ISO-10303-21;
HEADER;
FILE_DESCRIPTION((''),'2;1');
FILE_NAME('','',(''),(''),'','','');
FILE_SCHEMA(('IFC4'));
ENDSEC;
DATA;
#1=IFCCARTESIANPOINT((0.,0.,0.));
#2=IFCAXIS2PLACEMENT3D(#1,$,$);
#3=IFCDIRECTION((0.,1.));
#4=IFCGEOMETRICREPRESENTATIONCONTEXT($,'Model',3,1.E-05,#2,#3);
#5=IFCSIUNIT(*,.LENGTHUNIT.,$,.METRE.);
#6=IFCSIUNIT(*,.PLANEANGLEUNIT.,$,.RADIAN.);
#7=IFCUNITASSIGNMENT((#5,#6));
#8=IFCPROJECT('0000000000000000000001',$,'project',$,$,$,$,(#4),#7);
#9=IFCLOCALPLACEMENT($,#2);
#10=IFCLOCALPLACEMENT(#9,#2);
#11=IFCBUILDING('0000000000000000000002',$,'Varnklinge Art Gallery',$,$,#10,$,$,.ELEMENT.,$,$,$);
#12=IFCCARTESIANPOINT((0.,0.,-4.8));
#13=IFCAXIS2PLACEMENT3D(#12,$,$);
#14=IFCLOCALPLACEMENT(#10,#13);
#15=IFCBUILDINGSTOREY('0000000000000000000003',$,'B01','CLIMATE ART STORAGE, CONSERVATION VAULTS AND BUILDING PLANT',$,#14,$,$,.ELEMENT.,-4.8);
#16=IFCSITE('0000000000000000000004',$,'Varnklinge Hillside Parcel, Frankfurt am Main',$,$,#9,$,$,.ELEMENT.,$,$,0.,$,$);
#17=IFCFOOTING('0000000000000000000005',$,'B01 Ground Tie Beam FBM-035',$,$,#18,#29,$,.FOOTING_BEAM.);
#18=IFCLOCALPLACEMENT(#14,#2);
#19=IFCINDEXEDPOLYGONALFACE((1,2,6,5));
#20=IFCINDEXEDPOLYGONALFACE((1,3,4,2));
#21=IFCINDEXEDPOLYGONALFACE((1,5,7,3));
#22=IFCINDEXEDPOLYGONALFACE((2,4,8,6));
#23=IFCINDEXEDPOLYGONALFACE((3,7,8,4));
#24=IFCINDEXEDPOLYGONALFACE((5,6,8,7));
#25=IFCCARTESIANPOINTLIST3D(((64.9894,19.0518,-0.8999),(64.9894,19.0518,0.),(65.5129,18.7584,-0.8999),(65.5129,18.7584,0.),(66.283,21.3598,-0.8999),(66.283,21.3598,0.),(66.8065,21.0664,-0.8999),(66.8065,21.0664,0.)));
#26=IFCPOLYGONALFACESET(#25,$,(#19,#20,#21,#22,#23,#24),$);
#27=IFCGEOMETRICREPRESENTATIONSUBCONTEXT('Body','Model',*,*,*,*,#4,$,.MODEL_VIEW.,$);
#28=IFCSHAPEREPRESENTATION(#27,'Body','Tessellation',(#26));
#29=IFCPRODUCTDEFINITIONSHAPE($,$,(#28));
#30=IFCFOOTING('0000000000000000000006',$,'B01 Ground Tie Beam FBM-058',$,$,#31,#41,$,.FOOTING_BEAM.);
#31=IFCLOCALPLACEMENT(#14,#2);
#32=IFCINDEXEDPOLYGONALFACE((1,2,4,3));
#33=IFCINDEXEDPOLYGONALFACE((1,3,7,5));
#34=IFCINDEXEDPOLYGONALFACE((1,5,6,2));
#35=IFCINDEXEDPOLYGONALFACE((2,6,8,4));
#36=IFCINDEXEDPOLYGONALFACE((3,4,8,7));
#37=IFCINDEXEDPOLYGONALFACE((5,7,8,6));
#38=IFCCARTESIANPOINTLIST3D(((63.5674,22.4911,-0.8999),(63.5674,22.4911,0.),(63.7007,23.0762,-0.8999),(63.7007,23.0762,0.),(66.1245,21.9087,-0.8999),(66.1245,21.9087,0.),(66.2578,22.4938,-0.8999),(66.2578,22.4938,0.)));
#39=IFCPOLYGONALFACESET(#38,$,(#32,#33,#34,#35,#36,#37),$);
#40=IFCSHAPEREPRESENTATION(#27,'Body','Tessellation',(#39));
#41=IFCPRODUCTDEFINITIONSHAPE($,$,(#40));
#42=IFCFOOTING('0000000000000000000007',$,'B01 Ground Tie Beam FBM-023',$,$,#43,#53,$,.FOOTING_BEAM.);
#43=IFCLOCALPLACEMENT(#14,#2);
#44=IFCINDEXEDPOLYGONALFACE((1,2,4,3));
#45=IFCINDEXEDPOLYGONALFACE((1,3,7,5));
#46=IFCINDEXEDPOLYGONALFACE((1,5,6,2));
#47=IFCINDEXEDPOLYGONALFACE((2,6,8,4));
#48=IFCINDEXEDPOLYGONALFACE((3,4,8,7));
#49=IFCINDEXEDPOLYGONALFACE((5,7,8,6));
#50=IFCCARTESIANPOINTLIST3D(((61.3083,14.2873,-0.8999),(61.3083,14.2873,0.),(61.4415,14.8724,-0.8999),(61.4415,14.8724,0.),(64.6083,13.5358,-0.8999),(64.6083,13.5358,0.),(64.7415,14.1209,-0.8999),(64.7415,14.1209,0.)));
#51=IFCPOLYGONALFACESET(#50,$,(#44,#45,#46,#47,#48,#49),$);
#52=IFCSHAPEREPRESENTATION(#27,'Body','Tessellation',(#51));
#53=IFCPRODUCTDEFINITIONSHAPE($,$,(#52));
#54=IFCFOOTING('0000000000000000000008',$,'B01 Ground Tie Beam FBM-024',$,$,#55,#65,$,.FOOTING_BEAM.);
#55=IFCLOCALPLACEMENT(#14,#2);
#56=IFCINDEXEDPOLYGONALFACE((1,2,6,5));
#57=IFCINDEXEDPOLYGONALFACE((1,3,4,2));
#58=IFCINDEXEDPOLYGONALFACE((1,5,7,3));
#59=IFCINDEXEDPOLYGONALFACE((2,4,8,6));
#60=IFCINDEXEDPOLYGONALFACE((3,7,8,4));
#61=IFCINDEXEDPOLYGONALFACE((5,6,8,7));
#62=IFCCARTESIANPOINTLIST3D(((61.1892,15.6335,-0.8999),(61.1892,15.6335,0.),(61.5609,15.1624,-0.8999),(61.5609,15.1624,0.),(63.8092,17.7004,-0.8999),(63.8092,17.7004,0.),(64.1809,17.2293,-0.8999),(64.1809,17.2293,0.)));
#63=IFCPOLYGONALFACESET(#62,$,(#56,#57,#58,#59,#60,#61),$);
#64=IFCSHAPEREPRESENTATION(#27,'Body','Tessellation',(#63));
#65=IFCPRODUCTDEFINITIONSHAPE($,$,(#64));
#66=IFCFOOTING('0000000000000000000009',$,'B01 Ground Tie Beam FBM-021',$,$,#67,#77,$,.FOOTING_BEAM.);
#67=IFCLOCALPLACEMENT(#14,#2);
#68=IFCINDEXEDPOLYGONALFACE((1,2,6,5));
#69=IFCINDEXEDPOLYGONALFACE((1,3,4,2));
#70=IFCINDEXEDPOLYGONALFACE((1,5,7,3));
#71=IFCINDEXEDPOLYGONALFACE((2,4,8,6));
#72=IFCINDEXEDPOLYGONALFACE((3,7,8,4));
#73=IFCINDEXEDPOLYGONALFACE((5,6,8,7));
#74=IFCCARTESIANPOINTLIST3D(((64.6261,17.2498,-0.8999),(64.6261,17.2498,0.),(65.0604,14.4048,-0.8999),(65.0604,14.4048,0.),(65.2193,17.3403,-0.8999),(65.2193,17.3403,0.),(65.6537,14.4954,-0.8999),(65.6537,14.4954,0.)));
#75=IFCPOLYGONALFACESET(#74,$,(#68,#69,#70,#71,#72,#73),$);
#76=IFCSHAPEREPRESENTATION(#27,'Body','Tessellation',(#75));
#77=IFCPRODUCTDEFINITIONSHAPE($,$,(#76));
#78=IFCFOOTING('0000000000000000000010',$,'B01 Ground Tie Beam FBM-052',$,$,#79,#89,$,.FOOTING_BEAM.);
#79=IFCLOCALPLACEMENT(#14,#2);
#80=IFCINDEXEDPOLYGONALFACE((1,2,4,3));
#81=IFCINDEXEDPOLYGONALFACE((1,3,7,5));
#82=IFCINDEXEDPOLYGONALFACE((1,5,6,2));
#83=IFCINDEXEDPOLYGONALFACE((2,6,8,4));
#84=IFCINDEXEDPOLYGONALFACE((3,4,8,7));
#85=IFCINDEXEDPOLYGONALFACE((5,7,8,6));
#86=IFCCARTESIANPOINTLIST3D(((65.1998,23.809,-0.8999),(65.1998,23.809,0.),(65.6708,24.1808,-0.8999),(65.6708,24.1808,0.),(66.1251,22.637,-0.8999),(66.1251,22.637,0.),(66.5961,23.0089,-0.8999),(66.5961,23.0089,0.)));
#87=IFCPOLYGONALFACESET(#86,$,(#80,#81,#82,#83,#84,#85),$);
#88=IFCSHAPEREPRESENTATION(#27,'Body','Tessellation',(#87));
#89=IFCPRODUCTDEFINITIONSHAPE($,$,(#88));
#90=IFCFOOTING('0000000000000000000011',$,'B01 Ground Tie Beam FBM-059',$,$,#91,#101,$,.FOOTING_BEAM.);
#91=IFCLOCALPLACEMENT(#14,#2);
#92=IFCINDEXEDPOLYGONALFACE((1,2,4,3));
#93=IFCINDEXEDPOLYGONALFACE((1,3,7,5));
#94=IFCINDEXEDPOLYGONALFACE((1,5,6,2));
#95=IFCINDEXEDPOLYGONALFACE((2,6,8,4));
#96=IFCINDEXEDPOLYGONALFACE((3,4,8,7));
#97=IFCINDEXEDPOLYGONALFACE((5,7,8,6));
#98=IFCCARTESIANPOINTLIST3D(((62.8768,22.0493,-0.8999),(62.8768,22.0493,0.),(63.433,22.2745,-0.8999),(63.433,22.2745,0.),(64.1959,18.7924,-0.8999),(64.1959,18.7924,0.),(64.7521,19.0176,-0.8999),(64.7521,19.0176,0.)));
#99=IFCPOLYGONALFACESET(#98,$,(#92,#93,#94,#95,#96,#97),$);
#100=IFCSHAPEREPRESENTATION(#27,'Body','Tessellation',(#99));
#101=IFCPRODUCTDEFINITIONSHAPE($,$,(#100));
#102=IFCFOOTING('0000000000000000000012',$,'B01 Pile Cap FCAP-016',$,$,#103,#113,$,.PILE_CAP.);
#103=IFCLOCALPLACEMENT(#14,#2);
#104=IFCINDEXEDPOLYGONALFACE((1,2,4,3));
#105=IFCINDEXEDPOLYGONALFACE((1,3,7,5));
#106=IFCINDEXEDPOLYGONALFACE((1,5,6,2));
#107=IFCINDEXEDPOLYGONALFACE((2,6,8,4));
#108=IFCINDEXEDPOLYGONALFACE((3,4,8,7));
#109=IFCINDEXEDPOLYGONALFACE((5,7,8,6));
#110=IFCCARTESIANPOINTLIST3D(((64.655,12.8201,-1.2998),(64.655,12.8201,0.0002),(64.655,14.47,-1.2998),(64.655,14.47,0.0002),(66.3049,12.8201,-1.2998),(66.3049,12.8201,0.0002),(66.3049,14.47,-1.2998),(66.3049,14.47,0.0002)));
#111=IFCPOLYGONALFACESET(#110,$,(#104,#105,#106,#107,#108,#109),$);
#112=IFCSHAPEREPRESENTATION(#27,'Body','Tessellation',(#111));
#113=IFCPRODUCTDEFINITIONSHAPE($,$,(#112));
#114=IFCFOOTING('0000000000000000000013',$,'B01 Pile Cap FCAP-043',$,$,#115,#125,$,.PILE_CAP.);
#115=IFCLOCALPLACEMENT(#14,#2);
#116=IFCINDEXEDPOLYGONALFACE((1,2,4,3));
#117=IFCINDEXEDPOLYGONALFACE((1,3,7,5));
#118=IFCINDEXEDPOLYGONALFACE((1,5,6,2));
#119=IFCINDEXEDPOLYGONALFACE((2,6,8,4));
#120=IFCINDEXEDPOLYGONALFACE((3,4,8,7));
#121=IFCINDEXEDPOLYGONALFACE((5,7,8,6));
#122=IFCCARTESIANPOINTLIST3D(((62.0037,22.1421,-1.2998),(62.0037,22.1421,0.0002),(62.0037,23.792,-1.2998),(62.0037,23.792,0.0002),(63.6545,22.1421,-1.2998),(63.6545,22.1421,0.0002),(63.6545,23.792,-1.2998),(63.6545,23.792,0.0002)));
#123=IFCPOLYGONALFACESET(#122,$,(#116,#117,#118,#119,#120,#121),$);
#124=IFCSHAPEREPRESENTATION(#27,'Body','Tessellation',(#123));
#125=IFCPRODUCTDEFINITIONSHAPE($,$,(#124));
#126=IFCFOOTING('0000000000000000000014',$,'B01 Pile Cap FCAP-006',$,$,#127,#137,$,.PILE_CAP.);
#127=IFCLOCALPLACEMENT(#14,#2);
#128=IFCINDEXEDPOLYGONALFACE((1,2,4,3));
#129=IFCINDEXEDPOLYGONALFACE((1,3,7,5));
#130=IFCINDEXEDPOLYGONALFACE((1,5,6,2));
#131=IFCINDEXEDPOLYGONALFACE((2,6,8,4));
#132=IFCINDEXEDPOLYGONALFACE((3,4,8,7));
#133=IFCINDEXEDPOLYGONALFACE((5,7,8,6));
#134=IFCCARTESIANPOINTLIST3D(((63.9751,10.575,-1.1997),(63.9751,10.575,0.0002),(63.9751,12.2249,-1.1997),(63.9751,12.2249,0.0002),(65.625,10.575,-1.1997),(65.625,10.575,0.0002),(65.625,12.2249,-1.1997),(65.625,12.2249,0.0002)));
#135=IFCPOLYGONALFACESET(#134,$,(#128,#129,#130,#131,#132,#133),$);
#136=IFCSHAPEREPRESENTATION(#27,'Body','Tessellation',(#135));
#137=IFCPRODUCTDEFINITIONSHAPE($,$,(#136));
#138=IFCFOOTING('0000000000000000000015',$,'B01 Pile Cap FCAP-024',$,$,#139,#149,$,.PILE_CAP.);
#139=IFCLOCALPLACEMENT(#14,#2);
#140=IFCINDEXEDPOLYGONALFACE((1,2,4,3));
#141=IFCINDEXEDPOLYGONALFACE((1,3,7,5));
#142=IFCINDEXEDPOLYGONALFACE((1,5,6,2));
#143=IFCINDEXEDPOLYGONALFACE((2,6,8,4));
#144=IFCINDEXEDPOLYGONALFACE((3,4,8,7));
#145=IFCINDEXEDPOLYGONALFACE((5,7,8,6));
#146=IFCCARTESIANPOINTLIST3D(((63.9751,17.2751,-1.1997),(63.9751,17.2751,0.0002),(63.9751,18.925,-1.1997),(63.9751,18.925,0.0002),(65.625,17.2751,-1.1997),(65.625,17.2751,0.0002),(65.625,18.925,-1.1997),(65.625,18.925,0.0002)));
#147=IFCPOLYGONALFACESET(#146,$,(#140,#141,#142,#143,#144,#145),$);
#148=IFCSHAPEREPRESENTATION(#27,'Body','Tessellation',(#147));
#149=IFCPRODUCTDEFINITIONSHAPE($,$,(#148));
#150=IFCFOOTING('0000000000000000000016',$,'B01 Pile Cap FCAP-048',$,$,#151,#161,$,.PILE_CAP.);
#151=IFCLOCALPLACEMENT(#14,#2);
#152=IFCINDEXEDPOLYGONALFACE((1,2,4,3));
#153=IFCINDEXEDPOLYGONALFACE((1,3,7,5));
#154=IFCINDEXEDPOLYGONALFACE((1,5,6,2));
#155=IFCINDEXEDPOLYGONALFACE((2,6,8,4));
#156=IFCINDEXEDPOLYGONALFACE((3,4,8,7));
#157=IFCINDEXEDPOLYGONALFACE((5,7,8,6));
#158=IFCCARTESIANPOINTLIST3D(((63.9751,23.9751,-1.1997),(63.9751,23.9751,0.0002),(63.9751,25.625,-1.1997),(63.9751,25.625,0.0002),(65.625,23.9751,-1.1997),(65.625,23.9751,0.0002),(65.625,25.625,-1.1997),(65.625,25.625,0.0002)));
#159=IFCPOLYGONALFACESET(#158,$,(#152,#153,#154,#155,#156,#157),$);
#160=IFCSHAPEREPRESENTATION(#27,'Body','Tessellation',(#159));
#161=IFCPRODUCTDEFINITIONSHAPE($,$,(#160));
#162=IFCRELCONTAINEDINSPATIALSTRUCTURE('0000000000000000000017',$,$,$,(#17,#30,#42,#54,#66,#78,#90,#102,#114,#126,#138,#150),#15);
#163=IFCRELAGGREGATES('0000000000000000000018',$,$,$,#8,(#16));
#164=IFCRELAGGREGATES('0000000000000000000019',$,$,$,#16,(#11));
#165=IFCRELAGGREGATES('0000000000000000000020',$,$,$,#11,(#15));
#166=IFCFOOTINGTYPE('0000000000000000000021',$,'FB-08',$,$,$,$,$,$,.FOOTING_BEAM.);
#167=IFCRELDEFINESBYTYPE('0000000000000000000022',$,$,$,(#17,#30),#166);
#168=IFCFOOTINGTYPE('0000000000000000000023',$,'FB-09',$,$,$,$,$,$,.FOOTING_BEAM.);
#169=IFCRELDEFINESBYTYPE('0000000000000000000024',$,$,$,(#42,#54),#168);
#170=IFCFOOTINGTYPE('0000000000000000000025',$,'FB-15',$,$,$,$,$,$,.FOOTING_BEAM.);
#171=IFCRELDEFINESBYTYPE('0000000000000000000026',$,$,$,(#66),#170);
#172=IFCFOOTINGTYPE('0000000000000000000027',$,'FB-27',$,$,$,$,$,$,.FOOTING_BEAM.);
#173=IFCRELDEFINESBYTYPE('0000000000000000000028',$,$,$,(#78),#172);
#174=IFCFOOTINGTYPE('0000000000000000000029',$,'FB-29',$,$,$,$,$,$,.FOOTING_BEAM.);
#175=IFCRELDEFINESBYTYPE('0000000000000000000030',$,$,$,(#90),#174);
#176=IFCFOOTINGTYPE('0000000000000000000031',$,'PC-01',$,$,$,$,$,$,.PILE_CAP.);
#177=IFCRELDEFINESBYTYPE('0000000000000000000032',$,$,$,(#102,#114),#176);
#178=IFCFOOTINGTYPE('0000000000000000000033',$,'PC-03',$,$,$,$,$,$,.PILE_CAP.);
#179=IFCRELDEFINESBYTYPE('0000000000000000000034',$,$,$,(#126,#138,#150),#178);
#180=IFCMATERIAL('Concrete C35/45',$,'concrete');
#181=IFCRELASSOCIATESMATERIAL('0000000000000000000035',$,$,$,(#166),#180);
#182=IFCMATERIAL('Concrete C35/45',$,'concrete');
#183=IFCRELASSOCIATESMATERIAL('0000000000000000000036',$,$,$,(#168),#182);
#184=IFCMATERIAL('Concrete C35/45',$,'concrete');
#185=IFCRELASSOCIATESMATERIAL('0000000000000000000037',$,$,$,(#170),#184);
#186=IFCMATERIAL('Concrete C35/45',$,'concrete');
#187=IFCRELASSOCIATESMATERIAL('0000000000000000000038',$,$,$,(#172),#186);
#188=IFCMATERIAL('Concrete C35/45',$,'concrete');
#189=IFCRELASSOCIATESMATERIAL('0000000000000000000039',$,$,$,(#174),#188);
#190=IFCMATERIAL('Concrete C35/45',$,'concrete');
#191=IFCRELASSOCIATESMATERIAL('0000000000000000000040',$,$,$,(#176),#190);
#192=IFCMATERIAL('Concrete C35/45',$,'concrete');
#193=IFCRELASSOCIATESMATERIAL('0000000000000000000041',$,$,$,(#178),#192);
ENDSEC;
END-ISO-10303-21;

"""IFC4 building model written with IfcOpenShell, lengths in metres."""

from ifc_helpers import new_model, si_unit, direction, frame, origin, origin_2d, place, context, subcontext, project, spatial, rectangle, extrude, material, type_object, element, save


model = new_model("IFC4")

# Units and contexts
model_context = context("Model", 3, precision=1e-05, world=origin(), true_north=direction((0.0, 1.0)))
body_context = subcontext(model_context, "Body", "Model", "MODEL_VIEW")
ifc_project = project(units=[si_unit("LENGTHUNIT", "METRE"), si_unit("PLANEANGLEUNIT", "RADIAN")], contexts=[model_context])

# Site, building, storey
site_placement = place(None, origin())
site = spatial("IfcSite", under=ifc_project, at=site_placement, Name="Varnklinge Hillside Parcel, Frankfurt am Main", CompositionType="ELEMENT", RefElevation=0.0)
building_placement = place(site_placement, origin())
building = spatial("IfcBuilding", under=site, at=building_placement, Name="Varnklinge Art Gallery", CompositionType="ELEMENT")
storey_placement = place(building_placement, frame((0.0, 0.0, -4.8)))
storey = spatial("IfcBuildingStorey", under=building, at=storey_placement, Name="B01", Description="CLIMATE ART STORAGE, CONSERVATION VAULTS AND BUILDING PLANT", CompositionType="ELEMENT", Elevation=-4.8)

# Footings
ifc_material_1 = material(Name="Concrete C35/45", Category="concrete")
footing_type_1 = type_object("IfcFootingType", Name="FB-08", PredefinedType="FOOTING_BEAM", material=ifc_material_1)
footing_1_placement = place(storey_placement, frame((65.8979, 20.0591, -0.8999), z_axis=(0.0, 0.0, 1.0), x_axis=(0.488926, 0.872325, 0.0)))
element("IfcFooting", 1, at=footing_1_placement, inside=storey, type_object=footing_type_1, Name="B01 Ground Tie Beam FBM-035", PredefinedType="FOOTING_BEAM", context=body_context, shape_type="SweptSolid", body=[
    extrude(rectangle(XDim=2.6458, YDim=0.6001, at=origin_2d()), origin(), (0.0, 0.0, 1.0), 0.8999),
])
footing_2_placement = place(storey_placement, frame((64.9126, 22.4924, -0.8999), z_axis=(0.0, 0.0, 1.0), x_axis=(0.975033, -0.222059, 0.0)))
element("IfcFooting", 2, at=footing_2_placement, inside=storey, type_object=footing_type_1, Name="B01 Ground Tie Beam FBM-058", PredefinedType="FOOTING_BEAM", context=body_context, shape_type="SweptSolid", body=[
    extrude(rectangle(XDim=2.6226, YDim=0.6001, at=origin_2d()), origin(), (0.0, 0.0, 1.0), 0.8999),
])
ifc_material_2 = material(Name="Concrete C35/45", Category="concrete")
footing_type_2 = type_object("IfcFootingType", Name="FB-09", PredefinedType="FOOTING_BEAM", material=ifc_material_2)
footing_3_placement = place(storey_placement, frame((63.0249, 14.2041, -0.8999), z_axis=(0.0, 0.0, 1.0), x_axis=(0.975033, -0.222059, 0.0)))
element("IfcFooting", 3, at=footing_3_placement, inside=storey, type_object=footing_type_2, Name="B01 Ground Tie Beam FBM-023", PredefinedType="FOOTING_BEAM", context=body_context, shape_type="SweptSolid", body=[
    extrude(rectangle(XDim=3.3845, YDim=0.6001, at=origin_2d()), origin(), (0.0, 0.0, 1.0), 0.8999),
])
footing_4_placement = place(storey_placement, frame((62.6851, 16.4314, -0.8999), z_axis=(0.0, 0.0, 1.0), x_axis=(0.785101, 0.619368, 0.0)))
element("IfcFooting", 4, at=footing_4_placement, inside=storey, type_object=footing_type_2, Name="B01 Ground Tie Beam FBM-024", PredefinedType="FOOTING_BEAM", context=body_context, shape_type="SweptSolid", body=[
    extrude(rectangle(XDim=3.3372, YDim=0.6001, at=origin_2d()), origin(), (0.0, 0.0, 1.0), 0.8999),
])
ifc_material_3 = material(Name="Concrete C35/45", Category="concrete")
footing_type_3 = type_object("IfcFootingType", Name="FB-15", PredefinedType="FOOTING_BEAM", material=ifc_material_3)
footing_5_placement = place(storey_placement, frame((65.1399, 15.8726, -0.8999), z_axis=(0.0, 0.0, 1.0), x_axis=(-0.150916, 0.988547, 0.0)))
element("IfcFooting", 5, at=footing_5_placement, inside=storey, type_object=footing_type_3, Name="B01 Ground Tie Beam FBM-021", PredefinedType="FOOTING_BEAM", context=body_context, shape_type="SweptSolid", body=[
    extrude(rectangle(XDim=2.8779, YDim=0.6001, at=origin_2d()), origin(), (0.0, 0.0, 1.0), 0.8999),
])
ifc_material_4 = material(Name="Concrete C35/45", Category="concrete")
footing_type_4 = type_object("IfcFootingType", Name="FB-27", PredefinedType="FOOTING_BEAM", material=ifc_material_4)
footing_6_placement = place(storey_placement, frame((65.8979, 23.4089, -0.8999), z_axis=(0.0, 0.0, 1.0), x_axis=(-0.619642, 0.784885, 0.0)))
element("IfcFooting", 6, at=footing_6_placement, inside=storey, type_object=footing_type_4, Name="B01 Ground Tie Beam FBM-052", PredefinedType="FOOTING_BEAM", context=body_context, shape_type="SweptSolid", body=[
    extrude(rectangle(XDim=1.4932, YDim=0.6001, at=origin_2d()), origin(), (0.0, 0.0, 1.0), 0.8999),
])
ifc_material_5 = material(Name="Concrete C35/45", Category="concrete")
footing_type_5 = type_object("IfcFootingType", Name="FB-29", PredefinedType="FOOTING_BEAM", material=ifc_material_5)
footing_7_placement = place(storey_placement, frame((63.8145, 20.5334, -0.8999), z_axis=(0.0, 0.0, 1.0), x_axis=(0.375416, -0.926857, 0.0)))
element("IfcFooting", 7, at=footing_7_placement, inside=storey, type_object=footing_type_5, Name="B01 Ground Tie Beam FBM-059", PredefinedType="FOOTING_BEAM", context=body_context, shape_type="SweptSolid", body=[
    extrude(rectangle(XDim=3.5139, YDim=0.6001, at=origin_2d()), origin(), (0.0, 0.0, 1.0), 0.8999),
])
ifc_material_6 = material(Name="Concrete C35/45", Category="concrete")
footing_type_6 = type_object("IfcFootingType", Name="PC-01", PredefinedType="PILE_CAP", material=ifc_material_6)
footing_8_placement = place(storey_placement, frame((65.48, 13.645, -1.2998), z_axis=(0.0, 0.0, 1.0), x_axis=(1.0, 0.0, 0.0)))
element("IfcFooting", 8, at=footing_8_placement, inside=storey, type_object=footing_type_6, Name="B01 Pile Cap FCAP-016", PredefinedType="PILE_CAP", context=body_context, shape_type="SweptSolid", body=[
    extrude(rectangle(XDim=1.6499, YDim=1.6499, at=origin_2d()), origin(), (0.0, 0.0, 1.0), 1.3),
])
footing_9_placement = place(storey_placement, frame((62.8291, 22.967, -1.2998), z_axis=(0.0, 0.0, 1.0), x_axis=(1.0, 0.0, 0.0)))
element("IfcFooting", 9, at=footing_9_placement, inside=storey, type_object=footing_type_6, Name="B01 Pile Cap FCAP-043", PredefinedType="PILE_CAP", context=body_context, shape_type="SweptSolid", body=[
    extrude(rectangle(XDim=1.6509, YDim=1.6499, at=origin_2d()), origin(), (0.0, 0.0, 1.0), 1.3),
])
ifc_material_7 = material(Name="Concrete C35/45", Category="concrete")
footing_type_7 = type_object("IfcFootingType", Name="PC-03", PredefinedType="PILE_CAP", material=ifc_material_7)
for number, where, z_axis, x_axis, name in (
    (10, (64.8, 11.3999, -1.1997), (0.0, 0.0, 1.0), (1.0, 0.0, 0.0), "B01 Pile Cap FCAP-006"),
    (11, (64.8, 18.1001, -1.1997), (0.0, 0.0, 1.0), (1.0, 0.0, 0.0), "B01 Pile Cap FCAP-024"),
    (12, (64.8, 24.8, -1.1997), (0.0, 0.0, 1.0), (1.0, 0.0, 0.0), "B01 Pile Cap FCAP-048"),
):
    element("IfcFooting", number, at=place(storey_placement, frame(where, z_axis=z_axis, x_axis=x_axis)), inside=storey, type_object=footing_type_7, Name=name, PredefinedType="PILE_CAP", context=body_context, shape_type="SweptSolid", body=[
        extrude(rectangle(XDim=1.6499, YDim=1.6499, at=origin_2d()), origin(), (0.0, 0.0, 1.0), 1.2),
    ])

save(model, "model.ifc")
